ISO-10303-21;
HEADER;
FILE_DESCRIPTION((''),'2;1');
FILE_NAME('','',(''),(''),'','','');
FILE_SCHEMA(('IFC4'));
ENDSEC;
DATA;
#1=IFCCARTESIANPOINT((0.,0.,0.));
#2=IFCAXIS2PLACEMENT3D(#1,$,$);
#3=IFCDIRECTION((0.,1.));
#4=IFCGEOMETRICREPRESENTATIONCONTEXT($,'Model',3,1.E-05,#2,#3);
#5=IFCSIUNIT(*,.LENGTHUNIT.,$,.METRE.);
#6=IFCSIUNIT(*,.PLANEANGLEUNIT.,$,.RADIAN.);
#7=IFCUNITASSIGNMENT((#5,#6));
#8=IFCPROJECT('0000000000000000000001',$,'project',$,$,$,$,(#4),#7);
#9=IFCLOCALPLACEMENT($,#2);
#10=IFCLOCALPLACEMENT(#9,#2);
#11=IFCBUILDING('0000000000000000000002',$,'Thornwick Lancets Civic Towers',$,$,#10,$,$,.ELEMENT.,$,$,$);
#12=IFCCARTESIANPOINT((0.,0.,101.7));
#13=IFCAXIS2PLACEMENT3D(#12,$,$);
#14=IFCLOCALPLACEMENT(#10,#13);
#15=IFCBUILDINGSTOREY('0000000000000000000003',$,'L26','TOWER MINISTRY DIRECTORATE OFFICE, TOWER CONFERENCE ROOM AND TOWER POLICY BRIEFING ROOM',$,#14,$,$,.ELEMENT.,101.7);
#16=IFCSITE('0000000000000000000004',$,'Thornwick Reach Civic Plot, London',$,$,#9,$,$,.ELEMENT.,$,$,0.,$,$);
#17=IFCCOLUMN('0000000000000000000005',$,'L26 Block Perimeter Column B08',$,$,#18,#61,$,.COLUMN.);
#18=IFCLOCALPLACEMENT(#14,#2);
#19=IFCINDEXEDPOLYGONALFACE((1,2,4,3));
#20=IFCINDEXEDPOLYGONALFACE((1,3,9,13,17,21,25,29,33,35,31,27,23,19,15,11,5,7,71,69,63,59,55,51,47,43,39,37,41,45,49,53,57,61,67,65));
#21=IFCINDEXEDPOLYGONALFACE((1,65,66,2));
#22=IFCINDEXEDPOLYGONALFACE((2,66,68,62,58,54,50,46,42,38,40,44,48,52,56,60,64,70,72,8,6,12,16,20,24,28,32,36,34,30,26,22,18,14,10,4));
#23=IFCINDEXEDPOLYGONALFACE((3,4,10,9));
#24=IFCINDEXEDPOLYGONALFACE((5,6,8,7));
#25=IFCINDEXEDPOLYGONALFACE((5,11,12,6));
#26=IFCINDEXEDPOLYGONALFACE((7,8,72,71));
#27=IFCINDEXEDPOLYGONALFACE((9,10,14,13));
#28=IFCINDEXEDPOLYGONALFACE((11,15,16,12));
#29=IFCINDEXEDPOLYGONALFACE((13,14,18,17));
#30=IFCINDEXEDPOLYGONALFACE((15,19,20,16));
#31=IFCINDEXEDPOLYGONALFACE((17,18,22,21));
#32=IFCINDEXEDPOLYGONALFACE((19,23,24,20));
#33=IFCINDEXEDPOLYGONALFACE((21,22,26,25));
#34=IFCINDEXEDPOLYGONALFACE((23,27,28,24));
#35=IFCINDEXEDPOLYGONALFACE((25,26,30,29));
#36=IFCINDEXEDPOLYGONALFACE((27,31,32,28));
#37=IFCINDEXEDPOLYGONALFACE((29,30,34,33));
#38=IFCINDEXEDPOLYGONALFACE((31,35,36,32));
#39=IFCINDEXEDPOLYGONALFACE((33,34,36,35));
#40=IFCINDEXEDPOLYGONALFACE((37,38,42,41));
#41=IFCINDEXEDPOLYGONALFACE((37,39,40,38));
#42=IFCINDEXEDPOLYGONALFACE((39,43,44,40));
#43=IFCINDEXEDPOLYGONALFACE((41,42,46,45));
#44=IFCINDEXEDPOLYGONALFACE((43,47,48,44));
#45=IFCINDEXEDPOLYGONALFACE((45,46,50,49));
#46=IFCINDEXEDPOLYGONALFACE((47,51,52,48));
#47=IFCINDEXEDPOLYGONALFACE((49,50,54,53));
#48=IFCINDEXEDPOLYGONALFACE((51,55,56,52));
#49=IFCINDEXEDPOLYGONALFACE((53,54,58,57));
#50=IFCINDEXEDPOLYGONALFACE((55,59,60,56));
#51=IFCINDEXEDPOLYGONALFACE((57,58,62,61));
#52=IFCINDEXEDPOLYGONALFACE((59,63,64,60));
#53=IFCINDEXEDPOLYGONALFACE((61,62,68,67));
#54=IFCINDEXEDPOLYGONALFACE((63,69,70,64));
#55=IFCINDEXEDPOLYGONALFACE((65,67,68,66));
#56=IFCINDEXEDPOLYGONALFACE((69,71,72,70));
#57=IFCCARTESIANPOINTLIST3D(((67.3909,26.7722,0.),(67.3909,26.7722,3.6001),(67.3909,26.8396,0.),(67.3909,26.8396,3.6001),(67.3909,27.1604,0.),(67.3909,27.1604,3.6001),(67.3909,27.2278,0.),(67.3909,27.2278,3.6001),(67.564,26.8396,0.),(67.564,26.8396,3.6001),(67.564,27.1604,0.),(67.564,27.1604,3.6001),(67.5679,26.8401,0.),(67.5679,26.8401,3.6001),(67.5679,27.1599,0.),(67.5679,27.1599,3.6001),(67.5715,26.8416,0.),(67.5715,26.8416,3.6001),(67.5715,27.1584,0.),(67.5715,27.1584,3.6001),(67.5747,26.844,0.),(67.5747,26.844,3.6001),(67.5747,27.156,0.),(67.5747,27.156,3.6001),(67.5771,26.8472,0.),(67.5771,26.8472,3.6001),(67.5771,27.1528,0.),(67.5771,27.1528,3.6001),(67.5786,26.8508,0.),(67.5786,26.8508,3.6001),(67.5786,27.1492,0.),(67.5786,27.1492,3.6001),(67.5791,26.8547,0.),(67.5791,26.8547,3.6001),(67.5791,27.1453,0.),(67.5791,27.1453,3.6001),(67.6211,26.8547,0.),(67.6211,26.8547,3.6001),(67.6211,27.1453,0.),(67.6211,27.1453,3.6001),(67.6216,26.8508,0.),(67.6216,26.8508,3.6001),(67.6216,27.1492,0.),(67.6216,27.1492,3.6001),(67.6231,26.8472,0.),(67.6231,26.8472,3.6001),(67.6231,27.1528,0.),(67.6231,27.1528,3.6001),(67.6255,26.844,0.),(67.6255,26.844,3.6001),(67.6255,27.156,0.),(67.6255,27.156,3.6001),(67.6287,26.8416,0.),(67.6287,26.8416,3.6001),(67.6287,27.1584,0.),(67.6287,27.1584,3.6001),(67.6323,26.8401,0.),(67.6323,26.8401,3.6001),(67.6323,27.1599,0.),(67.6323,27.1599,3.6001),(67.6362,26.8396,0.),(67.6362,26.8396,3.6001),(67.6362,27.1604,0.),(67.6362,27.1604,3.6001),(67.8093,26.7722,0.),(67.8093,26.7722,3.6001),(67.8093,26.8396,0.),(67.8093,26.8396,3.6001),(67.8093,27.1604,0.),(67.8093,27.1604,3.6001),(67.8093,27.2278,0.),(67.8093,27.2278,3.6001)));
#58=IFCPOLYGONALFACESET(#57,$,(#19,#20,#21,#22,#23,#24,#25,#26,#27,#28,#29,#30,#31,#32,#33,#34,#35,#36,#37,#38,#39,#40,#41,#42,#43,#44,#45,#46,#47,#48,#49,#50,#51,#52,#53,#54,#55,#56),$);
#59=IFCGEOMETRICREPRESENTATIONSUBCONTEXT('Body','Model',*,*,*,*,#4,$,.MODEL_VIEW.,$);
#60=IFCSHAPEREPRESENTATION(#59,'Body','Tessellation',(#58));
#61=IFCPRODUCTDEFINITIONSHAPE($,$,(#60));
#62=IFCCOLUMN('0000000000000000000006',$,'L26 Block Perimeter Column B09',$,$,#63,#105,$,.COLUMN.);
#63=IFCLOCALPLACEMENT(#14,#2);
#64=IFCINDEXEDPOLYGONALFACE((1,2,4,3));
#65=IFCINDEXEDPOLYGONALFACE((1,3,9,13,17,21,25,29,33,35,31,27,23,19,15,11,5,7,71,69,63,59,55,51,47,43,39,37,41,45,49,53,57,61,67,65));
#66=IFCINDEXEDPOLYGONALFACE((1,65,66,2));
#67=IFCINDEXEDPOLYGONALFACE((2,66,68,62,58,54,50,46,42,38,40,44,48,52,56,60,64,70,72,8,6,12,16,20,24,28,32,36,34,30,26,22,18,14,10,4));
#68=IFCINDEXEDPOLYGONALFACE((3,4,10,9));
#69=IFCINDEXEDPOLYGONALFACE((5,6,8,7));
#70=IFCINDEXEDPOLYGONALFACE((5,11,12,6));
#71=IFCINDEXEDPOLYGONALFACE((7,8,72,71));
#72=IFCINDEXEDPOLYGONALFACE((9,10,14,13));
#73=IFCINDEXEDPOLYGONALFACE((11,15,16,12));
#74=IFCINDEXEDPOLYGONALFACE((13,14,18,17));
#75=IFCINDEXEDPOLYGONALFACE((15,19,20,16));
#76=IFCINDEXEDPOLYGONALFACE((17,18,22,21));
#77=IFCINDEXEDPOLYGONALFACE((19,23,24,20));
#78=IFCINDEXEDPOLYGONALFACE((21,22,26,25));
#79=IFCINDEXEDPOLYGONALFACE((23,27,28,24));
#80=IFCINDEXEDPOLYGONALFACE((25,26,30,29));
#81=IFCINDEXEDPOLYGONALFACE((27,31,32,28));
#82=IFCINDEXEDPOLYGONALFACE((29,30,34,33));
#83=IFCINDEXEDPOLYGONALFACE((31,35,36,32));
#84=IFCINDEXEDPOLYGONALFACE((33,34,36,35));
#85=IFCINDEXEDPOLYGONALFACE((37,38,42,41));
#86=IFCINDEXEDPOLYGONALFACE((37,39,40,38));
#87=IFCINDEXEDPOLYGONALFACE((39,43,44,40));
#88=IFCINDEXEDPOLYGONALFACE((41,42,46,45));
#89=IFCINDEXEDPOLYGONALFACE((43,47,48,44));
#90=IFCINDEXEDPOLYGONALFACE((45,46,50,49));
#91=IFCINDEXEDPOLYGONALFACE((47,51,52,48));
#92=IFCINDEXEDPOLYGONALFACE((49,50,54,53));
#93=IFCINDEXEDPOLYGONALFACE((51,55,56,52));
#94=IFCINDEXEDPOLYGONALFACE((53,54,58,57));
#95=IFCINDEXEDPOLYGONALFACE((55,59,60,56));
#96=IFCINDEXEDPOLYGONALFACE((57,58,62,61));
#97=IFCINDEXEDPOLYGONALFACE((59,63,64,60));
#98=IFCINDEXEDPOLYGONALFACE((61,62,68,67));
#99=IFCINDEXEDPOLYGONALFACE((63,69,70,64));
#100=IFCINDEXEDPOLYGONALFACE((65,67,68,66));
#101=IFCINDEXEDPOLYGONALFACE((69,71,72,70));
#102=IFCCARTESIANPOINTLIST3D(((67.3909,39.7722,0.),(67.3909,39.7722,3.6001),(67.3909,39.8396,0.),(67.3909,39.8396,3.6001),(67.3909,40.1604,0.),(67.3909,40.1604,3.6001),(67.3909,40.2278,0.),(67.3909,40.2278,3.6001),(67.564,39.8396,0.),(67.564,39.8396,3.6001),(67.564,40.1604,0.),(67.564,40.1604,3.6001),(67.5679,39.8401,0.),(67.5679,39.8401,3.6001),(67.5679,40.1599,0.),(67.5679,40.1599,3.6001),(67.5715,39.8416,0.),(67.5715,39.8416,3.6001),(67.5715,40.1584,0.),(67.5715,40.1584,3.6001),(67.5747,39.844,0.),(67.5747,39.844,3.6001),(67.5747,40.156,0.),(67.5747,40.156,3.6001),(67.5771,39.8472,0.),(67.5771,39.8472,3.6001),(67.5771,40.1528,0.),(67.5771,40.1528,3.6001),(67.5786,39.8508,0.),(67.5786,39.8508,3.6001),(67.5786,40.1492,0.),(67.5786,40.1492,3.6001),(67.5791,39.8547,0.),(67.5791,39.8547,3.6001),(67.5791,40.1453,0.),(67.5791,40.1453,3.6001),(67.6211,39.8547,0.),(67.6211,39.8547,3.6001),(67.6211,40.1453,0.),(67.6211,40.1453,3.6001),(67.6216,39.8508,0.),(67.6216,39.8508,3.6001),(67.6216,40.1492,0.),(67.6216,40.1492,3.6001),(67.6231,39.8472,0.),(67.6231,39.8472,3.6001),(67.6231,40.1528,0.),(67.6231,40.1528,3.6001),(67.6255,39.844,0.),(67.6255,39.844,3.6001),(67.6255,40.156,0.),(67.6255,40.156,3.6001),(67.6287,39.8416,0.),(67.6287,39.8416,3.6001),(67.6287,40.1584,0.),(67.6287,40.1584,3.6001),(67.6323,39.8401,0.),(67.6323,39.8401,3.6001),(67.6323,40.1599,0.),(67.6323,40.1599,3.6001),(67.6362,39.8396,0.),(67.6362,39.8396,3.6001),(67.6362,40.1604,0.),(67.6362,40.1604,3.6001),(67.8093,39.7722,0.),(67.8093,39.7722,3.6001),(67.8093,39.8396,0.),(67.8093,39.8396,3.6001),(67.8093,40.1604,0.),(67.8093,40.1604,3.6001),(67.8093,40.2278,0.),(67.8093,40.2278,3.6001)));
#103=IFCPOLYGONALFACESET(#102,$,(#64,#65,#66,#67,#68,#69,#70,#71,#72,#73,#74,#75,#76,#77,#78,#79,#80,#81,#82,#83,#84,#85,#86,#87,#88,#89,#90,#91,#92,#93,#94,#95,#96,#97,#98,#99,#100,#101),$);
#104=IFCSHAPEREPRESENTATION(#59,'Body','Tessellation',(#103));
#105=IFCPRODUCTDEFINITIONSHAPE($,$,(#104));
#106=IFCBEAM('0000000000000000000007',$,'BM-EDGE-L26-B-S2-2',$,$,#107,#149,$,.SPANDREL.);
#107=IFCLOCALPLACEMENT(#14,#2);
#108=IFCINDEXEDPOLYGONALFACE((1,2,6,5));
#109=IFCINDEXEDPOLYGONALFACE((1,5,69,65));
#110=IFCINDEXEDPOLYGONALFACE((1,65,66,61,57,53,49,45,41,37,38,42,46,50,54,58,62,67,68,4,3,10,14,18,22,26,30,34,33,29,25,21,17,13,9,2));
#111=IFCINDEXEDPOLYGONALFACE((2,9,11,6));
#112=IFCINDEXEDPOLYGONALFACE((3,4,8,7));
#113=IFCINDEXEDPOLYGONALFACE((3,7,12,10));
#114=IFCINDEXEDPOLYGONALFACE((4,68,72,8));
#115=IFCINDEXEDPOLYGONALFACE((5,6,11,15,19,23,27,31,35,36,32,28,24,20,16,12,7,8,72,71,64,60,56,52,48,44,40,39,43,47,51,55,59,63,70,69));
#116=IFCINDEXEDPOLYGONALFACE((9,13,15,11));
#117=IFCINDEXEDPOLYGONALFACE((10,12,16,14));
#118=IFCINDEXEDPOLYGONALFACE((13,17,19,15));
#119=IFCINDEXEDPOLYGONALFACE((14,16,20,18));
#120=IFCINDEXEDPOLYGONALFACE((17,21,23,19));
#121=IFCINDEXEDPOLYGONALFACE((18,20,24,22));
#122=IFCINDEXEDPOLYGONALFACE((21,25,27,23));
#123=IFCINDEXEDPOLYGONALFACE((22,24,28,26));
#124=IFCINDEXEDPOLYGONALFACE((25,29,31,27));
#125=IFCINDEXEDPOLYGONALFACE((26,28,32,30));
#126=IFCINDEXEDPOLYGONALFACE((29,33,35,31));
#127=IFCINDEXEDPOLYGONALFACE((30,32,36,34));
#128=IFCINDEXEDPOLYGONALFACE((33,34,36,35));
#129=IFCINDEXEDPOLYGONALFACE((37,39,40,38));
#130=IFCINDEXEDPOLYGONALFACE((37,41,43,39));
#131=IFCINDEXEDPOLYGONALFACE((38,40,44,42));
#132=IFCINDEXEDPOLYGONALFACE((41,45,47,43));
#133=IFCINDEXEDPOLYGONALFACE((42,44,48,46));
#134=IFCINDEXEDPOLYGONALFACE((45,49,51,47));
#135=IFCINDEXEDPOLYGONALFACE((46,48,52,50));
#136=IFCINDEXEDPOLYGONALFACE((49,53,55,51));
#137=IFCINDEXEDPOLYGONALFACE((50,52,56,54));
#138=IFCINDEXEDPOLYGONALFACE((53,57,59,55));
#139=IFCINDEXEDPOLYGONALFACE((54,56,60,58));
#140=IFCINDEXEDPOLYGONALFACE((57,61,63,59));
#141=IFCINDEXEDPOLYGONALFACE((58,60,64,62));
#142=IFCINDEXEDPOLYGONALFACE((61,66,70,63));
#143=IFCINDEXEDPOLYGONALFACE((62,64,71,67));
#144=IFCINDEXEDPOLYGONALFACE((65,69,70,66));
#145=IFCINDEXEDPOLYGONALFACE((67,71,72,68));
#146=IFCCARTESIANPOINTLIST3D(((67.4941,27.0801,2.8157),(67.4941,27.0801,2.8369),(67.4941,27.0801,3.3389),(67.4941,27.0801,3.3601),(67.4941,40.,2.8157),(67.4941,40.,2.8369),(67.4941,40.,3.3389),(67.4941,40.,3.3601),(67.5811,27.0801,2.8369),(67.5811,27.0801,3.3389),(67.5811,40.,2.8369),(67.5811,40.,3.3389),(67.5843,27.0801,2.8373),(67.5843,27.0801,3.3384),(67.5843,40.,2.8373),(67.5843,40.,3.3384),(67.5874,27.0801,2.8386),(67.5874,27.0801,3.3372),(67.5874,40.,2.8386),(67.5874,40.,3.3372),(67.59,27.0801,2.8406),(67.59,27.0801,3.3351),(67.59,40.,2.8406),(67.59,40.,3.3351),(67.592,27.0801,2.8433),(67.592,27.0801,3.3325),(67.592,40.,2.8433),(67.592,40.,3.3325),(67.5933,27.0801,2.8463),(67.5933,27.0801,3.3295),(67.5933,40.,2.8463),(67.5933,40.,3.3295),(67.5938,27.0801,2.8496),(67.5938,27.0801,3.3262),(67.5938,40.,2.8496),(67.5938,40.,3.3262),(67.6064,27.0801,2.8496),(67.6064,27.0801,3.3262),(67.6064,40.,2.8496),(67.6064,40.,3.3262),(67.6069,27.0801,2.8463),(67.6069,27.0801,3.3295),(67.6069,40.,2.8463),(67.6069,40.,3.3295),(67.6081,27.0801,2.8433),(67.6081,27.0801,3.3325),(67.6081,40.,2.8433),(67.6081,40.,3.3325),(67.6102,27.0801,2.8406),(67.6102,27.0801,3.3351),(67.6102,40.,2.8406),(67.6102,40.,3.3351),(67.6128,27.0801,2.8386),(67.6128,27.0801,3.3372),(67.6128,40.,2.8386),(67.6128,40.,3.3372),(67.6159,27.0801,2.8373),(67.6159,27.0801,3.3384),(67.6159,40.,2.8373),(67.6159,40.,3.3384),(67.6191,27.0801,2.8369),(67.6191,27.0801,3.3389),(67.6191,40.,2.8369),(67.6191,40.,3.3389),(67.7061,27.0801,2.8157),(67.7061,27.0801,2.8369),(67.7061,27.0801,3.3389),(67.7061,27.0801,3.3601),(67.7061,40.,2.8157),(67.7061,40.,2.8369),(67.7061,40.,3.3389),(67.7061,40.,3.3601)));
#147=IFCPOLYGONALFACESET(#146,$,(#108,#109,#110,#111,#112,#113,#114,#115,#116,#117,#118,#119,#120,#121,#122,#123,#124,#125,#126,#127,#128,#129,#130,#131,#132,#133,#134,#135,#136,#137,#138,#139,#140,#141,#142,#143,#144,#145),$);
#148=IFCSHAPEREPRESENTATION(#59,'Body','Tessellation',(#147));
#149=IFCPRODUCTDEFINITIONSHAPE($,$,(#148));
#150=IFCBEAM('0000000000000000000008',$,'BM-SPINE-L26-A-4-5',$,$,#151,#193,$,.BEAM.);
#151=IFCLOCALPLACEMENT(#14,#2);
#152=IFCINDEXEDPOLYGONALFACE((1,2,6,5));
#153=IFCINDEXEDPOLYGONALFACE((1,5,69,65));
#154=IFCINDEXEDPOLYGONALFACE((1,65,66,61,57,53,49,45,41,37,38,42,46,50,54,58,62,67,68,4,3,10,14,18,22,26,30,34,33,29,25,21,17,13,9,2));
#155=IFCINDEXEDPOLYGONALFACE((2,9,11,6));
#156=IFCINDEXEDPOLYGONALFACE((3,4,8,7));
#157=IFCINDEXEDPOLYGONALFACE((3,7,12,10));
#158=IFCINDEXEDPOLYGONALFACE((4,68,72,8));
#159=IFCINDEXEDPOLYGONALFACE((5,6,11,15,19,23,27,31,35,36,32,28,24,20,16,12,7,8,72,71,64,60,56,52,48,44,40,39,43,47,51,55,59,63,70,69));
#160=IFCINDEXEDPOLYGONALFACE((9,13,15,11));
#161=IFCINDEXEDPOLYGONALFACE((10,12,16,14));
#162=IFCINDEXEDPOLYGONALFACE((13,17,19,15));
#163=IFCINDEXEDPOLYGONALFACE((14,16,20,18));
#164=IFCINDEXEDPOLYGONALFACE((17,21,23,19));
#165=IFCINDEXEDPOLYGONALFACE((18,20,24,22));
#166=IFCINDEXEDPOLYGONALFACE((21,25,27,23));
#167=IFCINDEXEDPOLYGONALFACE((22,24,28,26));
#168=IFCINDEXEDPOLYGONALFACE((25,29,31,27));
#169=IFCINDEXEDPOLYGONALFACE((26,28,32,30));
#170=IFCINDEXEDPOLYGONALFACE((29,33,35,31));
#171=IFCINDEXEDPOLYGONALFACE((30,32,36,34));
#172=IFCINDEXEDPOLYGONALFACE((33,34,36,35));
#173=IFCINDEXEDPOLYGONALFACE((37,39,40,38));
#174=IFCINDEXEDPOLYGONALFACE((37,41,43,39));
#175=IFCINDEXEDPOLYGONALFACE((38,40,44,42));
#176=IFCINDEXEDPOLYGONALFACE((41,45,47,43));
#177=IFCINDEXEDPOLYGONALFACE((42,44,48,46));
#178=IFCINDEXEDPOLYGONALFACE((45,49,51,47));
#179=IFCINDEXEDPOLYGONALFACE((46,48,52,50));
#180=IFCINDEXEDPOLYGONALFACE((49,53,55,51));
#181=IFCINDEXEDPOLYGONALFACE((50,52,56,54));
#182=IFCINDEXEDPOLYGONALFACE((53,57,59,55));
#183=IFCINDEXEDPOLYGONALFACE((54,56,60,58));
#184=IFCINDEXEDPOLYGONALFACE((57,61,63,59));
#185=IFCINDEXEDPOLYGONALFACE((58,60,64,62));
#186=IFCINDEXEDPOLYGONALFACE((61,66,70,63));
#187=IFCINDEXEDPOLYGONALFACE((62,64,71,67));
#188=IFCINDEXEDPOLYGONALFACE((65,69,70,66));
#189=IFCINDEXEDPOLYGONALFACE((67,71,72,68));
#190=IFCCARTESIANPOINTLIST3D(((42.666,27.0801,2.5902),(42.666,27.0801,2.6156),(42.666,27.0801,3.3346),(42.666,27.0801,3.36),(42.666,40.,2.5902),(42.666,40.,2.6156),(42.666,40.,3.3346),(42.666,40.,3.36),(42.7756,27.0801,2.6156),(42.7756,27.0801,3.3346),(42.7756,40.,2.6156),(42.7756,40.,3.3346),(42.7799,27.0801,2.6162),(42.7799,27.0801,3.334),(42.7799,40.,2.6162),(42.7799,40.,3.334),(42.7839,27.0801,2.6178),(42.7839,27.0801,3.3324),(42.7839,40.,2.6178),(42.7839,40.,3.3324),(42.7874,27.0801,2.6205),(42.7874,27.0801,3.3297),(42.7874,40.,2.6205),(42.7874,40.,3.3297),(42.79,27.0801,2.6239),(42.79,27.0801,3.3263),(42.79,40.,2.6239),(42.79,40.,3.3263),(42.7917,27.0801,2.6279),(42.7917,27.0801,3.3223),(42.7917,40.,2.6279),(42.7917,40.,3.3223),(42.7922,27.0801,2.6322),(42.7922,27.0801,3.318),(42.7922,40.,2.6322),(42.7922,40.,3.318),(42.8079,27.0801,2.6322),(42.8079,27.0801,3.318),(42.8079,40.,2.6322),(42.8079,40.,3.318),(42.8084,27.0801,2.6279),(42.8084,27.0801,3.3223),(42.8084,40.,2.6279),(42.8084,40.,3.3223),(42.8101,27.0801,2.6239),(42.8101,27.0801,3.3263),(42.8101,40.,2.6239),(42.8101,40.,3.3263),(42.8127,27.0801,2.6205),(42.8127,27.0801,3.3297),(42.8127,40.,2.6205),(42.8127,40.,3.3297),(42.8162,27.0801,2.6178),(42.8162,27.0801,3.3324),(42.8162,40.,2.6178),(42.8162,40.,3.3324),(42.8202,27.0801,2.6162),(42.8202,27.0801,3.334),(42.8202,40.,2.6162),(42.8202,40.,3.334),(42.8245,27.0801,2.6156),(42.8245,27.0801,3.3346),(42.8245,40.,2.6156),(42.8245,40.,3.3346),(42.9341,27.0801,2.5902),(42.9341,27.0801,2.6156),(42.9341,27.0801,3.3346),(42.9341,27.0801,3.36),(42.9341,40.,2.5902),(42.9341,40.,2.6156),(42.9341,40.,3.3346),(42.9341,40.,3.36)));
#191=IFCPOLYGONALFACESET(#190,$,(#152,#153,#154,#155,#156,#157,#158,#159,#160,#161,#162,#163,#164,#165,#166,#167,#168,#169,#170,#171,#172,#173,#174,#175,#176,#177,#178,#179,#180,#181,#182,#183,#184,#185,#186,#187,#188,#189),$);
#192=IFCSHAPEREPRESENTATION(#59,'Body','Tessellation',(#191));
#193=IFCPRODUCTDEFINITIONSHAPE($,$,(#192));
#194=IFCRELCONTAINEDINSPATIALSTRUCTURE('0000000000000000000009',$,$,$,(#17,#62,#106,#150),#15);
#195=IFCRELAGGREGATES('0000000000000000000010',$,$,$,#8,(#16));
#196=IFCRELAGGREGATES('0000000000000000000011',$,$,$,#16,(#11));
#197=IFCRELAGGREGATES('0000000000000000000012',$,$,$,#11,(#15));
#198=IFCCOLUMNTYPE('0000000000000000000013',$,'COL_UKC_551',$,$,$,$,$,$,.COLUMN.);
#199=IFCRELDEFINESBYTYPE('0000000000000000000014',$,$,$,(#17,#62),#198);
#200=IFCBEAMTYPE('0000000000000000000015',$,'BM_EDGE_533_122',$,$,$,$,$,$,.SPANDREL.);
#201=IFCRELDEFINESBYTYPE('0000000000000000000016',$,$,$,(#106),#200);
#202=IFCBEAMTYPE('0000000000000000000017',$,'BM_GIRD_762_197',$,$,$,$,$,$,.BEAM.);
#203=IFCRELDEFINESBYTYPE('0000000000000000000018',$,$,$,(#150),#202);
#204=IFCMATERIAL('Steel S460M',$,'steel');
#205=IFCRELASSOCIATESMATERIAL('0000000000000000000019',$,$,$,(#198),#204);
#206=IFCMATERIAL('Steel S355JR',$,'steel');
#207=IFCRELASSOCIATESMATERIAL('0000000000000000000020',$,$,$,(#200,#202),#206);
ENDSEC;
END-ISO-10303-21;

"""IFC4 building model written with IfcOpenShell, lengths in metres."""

from ifc_helpers import new_model, si_unit, direction, frame, origin, origin_2d, place, context, subcontext, project, spatial, i_section, extrude, material, material_profile, profile_set, type_object, element, save


model = new_model("IFC4")

# Units and contexts
model_context = context("Model", 3, precision=1e-05, world=origin(), true_north=direction((0.0, 1.0)))
body_context = subcontext(model_context, "Body", "Model", "MODEL_VIEW")
ifc_project = project(units=[si_unit("LENGTHUNIT", "METRE"), si_unit("PLANEANGLEUNIT", "RADIAN")], contexts=[model_context])

# Site, building, storey
site_placement = place(None, origin())
site = spatial("IfcSite", under=ifc_project, at=site_placement, Name="Thornwick Reach Civic Plot, London", CompositionType="ELEMENT", RefElevation=0.0)
building_placement = place(site_placement, origin())
building = spatial("IfcBuilding", under=site, at=building_placement, Name="Thornwick Lancets Civic Towers", CompositionType="ELEMENT")
storey_placement = place(building_placement, frame((0.0, 0.0, 101.7)))
storey = spatial("IfcBuildingStorey", under=building, at=storey_placement, Name="L26", Description="TOWER MINISTRY DIRECTORATE OFFICE, TOWER CONFERENCE ROOM AND TOWER POLICY BRIEFING ROOM", CompositionType="ELEMENT", Elevation=101.7)

# Columns
ifc_material_1 = material(Name="Steel S460M", Category="steel")
ifc_material_profile_1 = material_profile(ifc_material_1, i_section(OverallWidth=0.4185, OverallDepth=0.4556, WebThickness=0.042, FlangeThickness=0.0674, FilletRadius=0.0151, at=origin_2d()), Name="UKC 356x406x551")
ifc_profile_set_1 = profile_set([ifc_material_profile_1], Name="Steel S460M")
column_type = type_object("IfcColumnType", Name="COL_UKC_551", PredefinedType="COLUMN", material=ifc_profile_set_1)
for number, where, z_axis, x_axis, name in (
    (1, (67.6001, 27.0, 0.0), (0.0, 0.0, 1.0), (1.0, 0.0, 0.0), "L26 Block Perimeter Column B08"),
    (2, (67.6001, 40.0, 0.0), (0.0, 0.0, 1.0), (1.0, 0.0, 0.0), "L26 Block Perimeter Column B09"),
):
    element("IfcColumn", number, at=place(storey_placement, frame(where, z_axis=z_axis, x_axis=x_axis)), inside=storey, type_object=column_type, Name=name, PredefinedType="COLUMN", context=body_context, shape_type="SweptSolid", body=[
        extrude(i_section(OverallWidth=0.4185, OverallDepth=0.4556, WebThickness=0.042, FlangeThickness=0.0674, FilletRadius=0.0151, at=origin_2d()), origin(), (0.0, 0.0, 1.0), 3.6001),
    ])

# Beams
ifc_material_2 = material(Name="Steel S355JR", Category="steel")
ifc_material_profile_2 = material_profile(ifc_material_2, i_section(OverallWidth=0.2119, OverallDepth=0.5444, WebThickness=0.0127, FlangeThickness=0.0212, FilletRadius=0.0127, at=origin_2d()), Name="UKB 533x210x122")
ifc_profile_set_2 = profile_set([ifc_material_profile_2], Name="Steel S355JR")
beam_type_1 = type_object("IfcBeamType", Name="BM_EDGE_533_122", PredefinedType="SPANDREL", material=ifc_profile_set_2)
beam_1_placement = place(storey_placement, frame((67.6001, 27.0801, 3.0879), z_axis=(0.0, 1.0, 0.0), x_axis=(-1.0, 0.0, 0.0)))
element("IfcBeam", 3, at=beam_1_placement, inside=storey, type_object=beam_type_1, Name="BM-EDGE-L26-B-S2-2", PredefinedType="SPANDREL", context=body_context, shape_type="SweptSolid", body=[
    extrude(i_section(OverallWidth=0.2119, OverallDepth=0.5444, WebThickness=0.0127, FlangeThickness=0.0212, FilletRadius=0.0127, at=origin_2d()), origin(), (0.0, 0.0, 1.0), 12.9199),
])
ifc_material_profile_3 = material_profile(ifc_material_2, i_section(OverallWidth=0.2681, OverallDepth=0.7698, WebThickness=0.0156, FlangeThickness=0.0254, FilletRadius=0.0166, at=origin_2d()), Name="UKB 762x267x197")
ifc_profile_set_3 = profile_set([ifc_material_profile_3], Name="Steel S355JR")
beam_type_2 = type_object("IfcBeamType", Name="BM_GIRD_762_197", PredefinedType="BEAM", material=ifc_profile_set_3)
beam_2_placement = place(storey_placement, frame((42.8, 27.0801, 2.9751), z_axis=(0.0, 1.0, 0.0), x_axis=(-1.0, 0.0, 0.0)))
element("IfcBeam", 4, at=beam_2_placement, inside=storey, type_object=beam_type_2, Name="BM-SPINE-L26-A-4-5", PredefinedType="BEAM", context=body_context, shape_type="SweptSolid", body=[
    extrude(i_section(OverallWidth=0.2681, OverallDepth=0.7698, WebThickness=0.0156, FlangeThickness=0.0254, FilletRadius=0.0166, at=origin_2d()), origin(), (0.0, 0.0, 1.0), 12.9199),
])

save(model, "model.ifc")
